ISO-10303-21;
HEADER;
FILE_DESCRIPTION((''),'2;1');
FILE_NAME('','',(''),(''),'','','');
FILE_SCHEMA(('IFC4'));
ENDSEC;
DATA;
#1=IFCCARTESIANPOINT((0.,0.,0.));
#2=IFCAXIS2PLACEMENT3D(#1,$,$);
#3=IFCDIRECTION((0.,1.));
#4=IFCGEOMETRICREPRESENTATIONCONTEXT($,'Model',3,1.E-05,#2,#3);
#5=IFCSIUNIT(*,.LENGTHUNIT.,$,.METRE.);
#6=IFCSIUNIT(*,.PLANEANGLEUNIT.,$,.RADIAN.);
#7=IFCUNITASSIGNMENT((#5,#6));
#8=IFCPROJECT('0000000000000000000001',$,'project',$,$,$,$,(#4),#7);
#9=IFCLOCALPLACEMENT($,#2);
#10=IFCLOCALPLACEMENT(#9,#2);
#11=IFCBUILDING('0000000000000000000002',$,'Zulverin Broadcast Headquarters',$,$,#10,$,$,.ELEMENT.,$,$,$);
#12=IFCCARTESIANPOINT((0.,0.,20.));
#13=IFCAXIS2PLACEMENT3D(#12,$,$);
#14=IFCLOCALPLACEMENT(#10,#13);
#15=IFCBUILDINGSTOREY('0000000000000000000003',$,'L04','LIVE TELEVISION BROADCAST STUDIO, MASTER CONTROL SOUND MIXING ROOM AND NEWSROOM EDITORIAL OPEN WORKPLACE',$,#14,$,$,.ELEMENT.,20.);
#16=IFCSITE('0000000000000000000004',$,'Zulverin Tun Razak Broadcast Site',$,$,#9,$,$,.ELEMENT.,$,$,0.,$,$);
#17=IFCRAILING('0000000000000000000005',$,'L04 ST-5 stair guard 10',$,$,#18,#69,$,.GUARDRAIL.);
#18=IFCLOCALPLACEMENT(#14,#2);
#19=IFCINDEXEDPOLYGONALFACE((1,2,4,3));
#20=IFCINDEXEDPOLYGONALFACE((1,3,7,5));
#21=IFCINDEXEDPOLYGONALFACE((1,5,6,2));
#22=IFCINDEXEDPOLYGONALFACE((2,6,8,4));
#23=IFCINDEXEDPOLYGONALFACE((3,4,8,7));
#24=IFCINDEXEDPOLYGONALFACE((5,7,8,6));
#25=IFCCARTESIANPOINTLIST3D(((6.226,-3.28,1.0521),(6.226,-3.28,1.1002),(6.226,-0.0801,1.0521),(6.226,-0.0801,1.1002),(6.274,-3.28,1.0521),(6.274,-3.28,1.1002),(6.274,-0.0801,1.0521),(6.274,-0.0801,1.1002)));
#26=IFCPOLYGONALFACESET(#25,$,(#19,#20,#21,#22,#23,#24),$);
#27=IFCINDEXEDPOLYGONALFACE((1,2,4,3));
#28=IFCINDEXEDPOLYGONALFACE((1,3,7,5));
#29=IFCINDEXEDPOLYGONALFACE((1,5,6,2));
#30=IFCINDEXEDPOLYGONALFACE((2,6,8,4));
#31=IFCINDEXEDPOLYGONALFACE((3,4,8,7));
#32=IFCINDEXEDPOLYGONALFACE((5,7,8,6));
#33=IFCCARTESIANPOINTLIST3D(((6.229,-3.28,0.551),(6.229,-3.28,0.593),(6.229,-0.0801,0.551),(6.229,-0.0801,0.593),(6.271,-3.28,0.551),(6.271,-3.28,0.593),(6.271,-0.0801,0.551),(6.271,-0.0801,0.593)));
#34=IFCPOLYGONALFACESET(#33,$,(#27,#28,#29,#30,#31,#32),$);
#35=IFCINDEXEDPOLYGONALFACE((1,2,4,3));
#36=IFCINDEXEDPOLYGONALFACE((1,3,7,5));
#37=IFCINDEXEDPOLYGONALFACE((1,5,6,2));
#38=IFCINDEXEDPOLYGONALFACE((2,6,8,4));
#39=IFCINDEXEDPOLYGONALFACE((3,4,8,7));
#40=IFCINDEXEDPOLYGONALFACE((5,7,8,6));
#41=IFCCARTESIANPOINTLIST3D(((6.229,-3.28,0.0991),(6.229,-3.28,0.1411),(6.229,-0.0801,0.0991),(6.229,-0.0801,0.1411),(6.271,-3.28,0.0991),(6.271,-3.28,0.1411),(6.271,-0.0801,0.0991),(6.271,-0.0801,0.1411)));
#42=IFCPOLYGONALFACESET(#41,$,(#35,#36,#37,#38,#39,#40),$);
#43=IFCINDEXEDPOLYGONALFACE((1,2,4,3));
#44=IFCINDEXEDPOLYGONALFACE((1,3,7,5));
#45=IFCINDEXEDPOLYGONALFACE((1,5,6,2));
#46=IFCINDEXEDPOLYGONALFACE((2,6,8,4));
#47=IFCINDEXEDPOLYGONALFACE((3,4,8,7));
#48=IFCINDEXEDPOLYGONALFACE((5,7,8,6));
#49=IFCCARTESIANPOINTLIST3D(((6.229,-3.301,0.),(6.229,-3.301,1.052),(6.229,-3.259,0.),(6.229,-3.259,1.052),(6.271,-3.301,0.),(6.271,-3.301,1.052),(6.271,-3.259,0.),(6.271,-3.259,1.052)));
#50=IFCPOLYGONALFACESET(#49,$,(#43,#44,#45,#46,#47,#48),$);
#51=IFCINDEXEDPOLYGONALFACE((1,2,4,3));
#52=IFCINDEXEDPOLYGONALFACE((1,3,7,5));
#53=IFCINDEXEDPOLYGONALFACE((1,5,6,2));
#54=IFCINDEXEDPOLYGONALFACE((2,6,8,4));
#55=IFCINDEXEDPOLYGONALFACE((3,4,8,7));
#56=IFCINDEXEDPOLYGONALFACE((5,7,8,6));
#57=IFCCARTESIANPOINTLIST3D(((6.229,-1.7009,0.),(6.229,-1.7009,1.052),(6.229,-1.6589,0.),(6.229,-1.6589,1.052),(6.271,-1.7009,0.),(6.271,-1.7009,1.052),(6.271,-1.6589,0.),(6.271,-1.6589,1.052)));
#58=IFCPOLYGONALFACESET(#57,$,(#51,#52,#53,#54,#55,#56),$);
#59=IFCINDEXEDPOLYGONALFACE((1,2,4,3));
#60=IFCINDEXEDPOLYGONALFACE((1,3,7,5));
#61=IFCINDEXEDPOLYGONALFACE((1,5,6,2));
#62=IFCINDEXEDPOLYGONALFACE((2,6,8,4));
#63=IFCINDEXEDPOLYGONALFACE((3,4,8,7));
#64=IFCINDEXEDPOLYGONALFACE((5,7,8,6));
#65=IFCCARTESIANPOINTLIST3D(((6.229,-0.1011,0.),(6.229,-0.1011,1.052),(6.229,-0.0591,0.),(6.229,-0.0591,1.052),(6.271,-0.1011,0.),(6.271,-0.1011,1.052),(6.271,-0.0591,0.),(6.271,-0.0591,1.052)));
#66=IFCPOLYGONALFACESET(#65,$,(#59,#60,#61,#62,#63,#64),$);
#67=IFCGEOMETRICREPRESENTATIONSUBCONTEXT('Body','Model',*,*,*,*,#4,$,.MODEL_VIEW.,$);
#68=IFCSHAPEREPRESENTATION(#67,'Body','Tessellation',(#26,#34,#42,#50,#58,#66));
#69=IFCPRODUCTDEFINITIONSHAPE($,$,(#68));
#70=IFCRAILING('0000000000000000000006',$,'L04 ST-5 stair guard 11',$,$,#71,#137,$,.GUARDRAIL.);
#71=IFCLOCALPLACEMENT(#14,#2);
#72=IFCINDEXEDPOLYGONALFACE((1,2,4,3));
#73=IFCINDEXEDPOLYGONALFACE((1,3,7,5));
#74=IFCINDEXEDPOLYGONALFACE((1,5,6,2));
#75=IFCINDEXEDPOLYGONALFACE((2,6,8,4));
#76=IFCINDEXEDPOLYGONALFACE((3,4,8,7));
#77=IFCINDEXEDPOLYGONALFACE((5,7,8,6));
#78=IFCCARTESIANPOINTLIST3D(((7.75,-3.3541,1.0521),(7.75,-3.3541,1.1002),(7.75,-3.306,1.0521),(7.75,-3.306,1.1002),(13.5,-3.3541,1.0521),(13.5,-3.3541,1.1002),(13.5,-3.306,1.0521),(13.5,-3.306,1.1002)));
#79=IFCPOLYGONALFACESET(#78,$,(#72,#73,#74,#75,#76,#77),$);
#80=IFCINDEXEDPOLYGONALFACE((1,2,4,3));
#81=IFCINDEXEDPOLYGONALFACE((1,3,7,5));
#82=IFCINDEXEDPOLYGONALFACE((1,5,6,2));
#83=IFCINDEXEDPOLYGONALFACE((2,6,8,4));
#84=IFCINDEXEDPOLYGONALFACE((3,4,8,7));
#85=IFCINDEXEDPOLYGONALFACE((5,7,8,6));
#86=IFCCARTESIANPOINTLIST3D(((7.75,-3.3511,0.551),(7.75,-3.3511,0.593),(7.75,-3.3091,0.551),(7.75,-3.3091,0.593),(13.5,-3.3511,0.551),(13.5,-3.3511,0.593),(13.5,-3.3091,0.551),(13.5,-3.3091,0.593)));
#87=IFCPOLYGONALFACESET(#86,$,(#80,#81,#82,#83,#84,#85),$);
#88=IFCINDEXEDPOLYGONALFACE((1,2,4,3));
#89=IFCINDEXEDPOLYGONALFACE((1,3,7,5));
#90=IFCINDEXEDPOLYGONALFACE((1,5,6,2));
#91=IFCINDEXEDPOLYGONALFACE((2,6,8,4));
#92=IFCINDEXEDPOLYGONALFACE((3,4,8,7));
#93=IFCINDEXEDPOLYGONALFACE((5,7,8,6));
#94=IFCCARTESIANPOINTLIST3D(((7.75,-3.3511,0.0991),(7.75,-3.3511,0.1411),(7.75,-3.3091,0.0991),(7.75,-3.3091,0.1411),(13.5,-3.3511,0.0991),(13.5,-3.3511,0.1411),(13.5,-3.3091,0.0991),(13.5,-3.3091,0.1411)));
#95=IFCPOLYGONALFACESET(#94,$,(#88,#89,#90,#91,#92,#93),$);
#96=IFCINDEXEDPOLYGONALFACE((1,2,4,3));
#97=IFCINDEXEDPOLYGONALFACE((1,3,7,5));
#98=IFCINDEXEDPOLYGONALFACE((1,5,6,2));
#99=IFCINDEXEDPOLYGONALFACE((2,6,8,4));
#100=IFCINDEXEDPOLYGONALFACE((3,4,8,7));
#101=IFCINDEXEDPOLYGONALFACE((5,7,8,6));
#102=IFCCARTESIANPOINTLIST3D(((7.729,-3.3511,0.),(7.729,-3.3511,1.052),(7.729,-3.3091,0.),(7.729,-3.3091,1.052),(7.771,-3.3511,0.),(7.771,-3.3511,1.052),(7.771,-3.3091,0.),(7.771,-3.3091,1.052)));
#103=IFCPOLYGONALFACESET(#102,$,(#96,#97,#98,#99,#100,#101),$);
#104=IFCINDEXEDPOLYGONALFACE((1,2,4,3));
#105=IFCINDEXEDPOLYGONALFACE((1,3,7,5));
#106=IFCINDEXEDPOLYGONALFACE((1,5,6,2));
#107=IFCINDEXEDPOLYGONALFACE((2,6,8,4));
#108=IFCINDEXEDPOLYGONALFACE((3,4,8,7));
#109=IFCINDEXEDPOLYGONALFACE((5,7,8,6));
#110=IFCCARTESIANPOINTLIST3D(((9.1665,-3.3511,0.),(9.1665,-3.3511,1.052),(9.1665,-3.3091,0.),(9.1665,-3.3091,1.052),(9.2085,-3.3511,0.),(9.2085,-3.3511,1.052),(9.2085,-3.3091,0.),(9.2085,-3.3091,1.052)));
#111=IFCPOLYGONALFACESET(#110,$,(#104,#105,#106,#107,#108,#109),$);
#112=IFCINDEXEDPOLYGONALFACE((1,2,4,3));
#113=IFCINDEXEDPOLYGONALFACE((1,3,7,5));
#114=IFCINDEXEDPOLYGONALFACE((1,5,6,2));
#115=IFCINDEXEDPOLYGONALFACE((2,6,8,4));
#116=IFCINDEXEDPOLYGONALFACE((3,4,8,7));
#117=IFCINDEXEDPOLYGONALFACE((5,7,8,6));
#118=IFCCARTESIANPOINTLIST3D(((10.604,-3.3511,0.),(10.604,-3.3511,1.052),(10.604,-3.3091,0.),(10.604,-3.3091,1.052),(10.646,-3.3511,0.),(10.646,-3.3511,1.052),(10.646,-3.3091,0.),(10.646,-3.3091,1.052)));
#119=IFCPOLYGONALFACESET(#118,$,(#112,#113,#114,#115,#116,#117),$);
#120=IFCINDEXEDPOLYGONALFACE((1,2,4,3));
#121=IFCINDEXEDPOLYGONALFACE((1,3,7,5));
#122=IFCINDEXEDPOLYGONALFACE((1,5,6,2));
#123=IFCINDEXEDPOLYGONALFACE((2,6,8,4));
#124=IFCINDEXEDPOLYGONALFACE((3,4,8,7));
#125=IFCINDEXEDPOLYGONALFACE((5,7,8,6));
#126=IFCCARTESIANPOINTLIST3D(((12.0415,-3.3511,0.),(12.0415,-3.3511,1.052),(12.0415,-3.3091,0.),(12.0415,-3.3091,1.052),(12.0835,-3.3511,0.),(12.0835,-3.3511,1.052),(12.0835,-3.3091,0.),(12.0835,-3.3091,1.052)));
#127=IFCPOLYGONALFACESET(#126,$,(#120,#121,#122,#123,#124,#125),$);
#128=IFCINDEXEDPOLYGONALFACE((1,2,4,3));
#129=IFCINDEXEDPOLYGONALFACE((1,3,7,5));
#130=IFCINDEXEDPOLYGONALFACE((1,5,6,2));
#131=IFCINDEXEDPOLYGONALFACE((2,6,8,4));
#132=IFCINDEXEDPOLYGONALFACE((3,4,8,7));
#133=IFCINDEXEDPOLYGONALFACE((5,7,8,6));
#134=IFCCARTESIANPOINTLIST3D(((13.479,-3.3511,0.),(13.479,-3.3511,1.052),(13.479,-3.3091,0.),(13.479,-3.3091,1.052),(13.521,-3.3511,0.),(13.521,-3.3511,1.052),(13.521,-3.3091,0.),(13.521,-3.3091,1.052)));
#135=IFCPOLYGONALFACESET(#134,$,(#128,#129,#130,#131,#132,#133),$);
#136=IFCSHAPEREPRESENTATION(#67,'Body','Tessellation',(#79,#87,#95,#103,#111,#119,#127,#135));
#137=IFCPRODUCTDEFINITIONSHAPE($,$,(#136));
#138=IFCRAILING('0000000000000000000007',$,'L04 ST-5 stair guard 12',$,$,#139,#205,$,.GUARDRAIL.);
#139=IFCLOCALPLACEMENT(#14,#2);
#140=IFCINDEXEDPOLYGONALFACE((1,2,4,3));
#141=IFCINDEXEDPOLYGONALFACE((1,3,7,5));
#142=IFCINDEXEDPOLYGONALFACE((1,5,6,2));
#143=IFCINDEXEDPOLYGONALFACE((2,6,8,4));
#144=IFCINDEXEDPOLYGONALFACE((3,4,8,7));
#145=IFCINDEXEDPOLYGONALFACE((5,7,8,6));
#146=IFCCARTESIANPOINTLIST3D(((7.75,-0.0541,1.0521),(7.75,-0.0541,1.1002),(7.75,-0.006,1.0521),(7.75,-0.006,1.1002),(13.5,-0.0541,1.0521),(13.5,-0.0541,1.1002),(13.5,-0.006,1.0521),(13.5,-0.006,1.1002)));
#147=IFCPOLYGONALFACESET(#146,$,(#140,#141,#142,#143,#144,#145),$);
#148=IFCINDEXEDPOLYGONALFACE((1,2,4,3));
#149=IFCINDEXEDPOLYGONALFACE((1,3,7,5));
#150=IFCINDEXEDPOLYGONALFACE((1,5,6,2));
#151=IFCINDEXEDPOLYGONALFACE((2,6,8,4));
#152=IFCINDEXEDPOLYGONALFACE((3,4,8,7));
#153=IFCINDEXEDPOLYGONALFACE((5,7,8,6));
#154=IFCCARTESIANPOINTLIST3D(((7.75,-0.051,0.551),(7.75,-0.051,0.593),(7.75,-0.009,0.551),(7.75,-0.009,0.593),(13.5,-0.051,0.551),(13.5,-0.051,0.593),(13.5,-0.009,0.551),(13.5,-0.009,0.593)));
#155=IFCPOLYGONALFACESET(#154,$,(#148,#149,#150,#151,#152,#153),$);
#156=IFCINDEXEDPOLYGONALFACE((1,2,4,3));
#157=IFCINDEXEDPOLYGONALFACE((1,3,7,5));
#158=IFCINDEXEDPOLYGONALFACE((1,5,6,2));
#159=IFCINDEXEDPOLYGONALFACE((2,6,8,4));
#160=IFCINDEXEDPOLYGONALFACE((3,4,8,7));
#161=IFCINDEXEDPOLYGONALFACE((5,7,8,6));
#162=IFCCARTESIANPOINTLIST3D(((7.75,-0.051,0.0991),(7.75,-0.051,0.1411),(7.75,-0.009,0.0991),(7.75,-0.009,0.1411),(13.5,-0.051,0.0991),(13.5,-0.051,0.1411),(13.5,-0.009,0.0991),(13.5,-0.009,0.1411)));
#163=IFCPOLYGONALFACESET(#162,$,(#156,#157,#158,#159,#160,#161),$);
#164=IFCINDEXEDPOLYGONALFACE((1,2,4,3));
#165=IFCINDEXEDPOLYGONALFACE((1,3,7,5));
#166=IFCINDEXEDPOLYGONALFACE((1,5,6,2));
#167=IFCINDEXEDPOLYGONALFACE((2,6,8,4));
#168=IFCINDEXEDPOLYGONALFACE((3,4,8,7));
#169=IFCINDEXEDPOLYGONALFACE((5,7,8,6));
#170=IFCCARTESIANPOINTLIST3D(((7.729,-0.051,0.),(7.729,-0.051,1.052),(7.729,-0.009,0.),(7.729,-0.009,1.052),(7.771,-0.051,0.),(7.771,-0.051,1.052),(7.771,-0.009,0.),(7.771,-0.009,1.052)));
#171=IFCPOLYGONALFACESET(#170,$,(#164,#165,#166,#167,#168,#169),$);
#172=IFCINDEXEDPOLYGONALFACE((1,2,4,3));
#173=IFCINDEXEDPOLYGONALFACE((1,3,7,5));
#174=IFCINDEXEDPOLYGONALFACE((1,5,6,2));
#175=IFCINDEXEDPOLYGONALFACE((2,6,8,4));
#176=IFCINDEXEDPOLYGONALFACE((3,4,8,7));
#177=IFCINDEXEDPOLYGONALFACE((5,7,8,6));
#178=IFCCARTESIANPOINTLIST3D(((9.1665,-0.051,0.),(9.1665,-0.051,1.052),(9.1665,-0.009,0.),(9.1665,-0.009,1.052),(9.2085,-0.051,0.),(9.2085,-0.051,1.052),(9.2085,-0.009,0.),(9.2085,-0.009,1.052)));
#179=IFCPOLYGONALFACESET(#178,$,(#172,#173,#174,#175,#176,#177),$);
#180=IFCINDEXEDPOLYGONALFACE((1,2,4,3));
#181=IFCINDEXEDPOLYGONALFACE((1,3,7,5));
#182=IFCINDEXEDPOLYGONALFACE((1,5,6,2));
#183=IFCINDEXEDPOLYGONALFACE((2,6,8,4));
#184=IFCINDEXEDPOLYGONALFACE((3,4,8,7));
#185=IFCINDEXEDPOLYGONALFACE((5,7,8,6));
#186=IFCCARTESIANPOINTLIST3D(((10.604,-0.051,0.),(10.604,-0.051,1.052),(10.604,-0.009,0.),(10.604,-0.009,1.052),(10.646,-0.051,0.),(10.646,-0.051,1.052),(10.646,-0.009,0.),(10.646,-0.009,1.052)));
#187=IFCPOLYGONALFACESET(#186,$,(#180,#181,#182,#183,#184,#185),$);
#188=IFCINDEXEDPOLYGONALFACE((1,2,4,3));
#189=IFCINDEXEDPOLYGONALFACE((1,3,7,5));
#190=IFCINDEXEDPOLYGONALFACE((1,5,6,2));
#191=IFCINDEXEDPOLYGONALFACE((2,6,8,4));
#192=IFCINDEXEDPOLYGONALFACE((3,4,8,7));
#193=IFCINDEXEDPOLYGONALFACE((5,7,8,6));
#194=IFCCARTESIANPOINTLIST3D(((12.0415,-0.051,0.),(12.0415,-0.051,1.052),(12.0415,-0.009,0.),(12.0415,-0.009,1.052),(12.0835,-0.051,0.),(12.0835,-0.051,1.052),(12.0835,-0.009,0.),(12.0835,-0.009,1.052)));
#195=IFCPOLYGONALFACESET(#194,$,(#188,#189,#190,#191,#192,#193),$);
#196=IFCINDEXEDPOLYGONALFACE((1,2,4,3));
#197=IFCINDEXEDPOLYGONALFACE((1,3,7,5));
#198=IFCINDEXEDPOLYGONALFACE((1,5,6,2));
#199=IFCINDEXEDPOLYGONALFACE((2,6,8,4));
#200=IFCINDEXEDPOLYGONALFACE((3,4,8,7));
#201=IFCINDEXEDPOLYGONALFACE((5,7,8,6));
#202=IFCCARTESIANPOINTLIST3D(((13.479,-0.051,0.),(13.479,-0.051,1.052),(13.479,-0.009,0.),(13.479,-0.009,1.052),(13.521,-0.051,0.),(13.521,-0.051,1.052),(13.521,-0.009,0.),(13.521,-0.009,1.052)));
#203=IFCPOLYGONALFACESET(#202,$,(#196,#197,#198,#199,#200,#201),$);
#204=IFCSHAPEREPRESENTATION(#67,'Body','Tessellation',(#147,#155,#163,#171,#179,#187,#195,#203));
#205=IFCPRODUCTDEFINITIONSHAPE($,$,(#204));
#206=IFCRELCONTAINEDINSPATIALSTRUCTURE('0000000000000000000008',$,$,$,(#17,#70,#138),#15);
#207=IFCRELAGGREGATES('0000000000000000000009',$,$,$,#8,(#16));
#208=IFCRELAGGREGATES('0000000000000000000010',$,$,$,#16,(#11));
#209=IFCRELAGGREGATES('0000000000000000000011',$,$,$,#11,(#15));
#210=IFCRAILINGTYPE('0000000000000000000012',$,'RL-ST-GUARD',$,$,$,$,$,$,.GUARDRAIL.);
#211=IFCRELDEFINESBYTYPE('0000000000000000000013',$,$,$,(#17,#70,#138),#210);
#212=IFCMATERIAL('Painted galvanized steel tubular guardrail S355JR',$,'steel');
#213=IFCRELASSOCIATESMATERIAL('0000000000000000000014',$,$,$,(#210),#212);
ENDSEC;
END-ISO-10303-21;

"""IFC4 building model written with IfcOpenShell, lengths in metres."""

from ifc_helpers import new_model, si_unit, direction, frame, origin, origin_2d, place, context, subcontext, project, spatial, rectangle, extrude, material, type_object, element, save


model = new_model("IFC4")

# Units and contexts
model_context = context("Model", 3, precision=1e-05, world=origin(), true_north=direction((0.0, 1.0)))
body_context = subcontext(model_context, "Body", "Model", "MODEL_VIEW")
ifc_project = project(units=[si_unit("LENGTHUNIT", "METRE"), si_unit("PLANEANGLEUNIT", "RADIAN")], contexts=[model_context])

# Site, building, storey
site_placement = place(None, origin())
site = spatial("IfcSite", under=ifc_project, at=site_placement, Name="Zulverin Tun Razak Broadcast Site", CompositionType="ELEMENT", RefElevation=0.0)
building_placement = place(site_placement, origin())
building = spatial("IfcBuilding", under=site, at=building_placement, Name="Zulverin Broadcast Headquarters", CompositionType="ELEMENT")
storey_placement = place(building_placement, frame((0.0, 0.0, 20.0)))
storey = spatial("IfcBuildingStorey", under=building, at=storey_placement, Name="L04", Description="LIVE TELEVISION BROADCAST STUDIO, MASTER CONTROL SOUND MIXING ROOM AND NEWSROOM EDITORIAL OPEN WORKPLACE", CompositionType="ELEMENT", Elevation=20.0)

# Railings
ifc_material_1 = material(Name="Painted galvanized steel tubular guardrail S355JR", Category="steel")
railing_type_1 = type_object("IfcRailingType", Name="RL-ST-GUARD", PredefinedType="GUARDRAIL", material=ifc_material_1)
railing_1_placement = place(storey_placement, frame((6.25, -3.28, 0.0)))
element("IfcRailing", 1, at=railing_1_placement, inside=storey, type_object=railing_type_1, Name="L04 ST-5 stair guard 10", PredefinedType="GUARDRAIL", context=body_context, shape_type="SweptSolid", body=[
    extrude(rectangle(XDim=0.0481, YDim=0.0481, at=origin_2d()), frame((0.0, 0.0, 1.0762), z_axis=(0.0, 1.0, 0.0), x_axis=(-1.0, 0.0, 0.0)), (0.0, 0.0, 1.0), 3.2),
    extrude(rectangle(XDim=0.042, YDim=0.042, at=origin_2d()), frame((0.0, 0.0, 0.572), z_axis=(0.0, 1.0, 0.0), x_axis=(-1.0, 0.0, 0.0)), (0.0, 0.0, 1.0), 3.2),
    extrude(rectangle(XDim=0.042, YDim=0.042, at=origin_2d()), frame((0.0, 0.0, 0.1201), z_axis=(0.0, 1.0, 0.0), x_axis=(-1.0, 0.0, 0.0)), (0.0, 0.0, 1.0), 3.2),
    extrude(rectangle(XDim=0.042, YDim=0.042, at=origin_2d()), origin(), (0.0, 0.0, 1.0), 1.052),
    extrude(rectangle(XDim=0.042, YDim=0.042, at=origin_2d()), frame((0.0, 1.6001, 0.0)), (0.0, 0.0, 1.0), 1.052),
    extrude(rectangle(XDim=0.042, YDim=0.042, at=origin_2d()), frame((0.0, 3.2, 0.0)), (0.0, 0.0, 1.0), 1.052),
])
for number, where, name in (
    (2, (7.75, -3.3301, 0.0), "L04 ST-5 stair guard 11"),
    (3, (7.75, -0.03, 0.0), "L04 ST-5 stair guard 12"),
):
    element("IfcRailing", number, at=place(storey_placement, frame(where)), inside=storey, type_object=railing_type_1, Name=name, PredefinedType="GUARDRAIL", context=body_context, shape_type="SweptSolid", body=[
        extrude(rectangle(XDim=0.0481, YDim=0.0481, at=origin_2d()), frame((0.0, 0.0, 1.0762), z_axis=(1.0, 0.0, 0.0), x_axis=(0.0, 1.0, 0.0)), (0.0, 0.0, 1.0), 5.75),
        extrude(rectangle(XDim=0.042, YDim=0.042, at=origin_2d()), frame((0.0, 0.0, 0.572), z_axis=(1.0, 0.0, 0.0), x_axis=(0.0, 1.0, 0.0)), (0.0, 0.0, 1.0), 5.75),
        extrude(rectangle(XDim=0.042, YDim=0.042, at=origin_2d()), frame((0.0, 0.0, 0.1201), z_axis=(1.0, 0.0, 0.0), x_axis=(0.0, 1.0, 0.0)), (0.0, 0.0, 1.0), 5.75),
        extrude(rectangle(XDim=0.042, YDim=0.042, at=origin_2d()), origin(), (0.0, 0.0, 1.0), 1.052),
        extrude(rectangle(XDim=0.042, YDim=0.042, at=origin_2d()), frame((1.4375, 0.0, 0.0)), (0.0, 0.0, 1.0), 1.052),
        extrude(rectangle(XDim=0.042, YDim=0.042, at=origin_2d()), frame((2.875, 0.0, 0.0)), (0.0, 0.0, 1.0), 1.052),
        extrude(rectangle(XDim=0.042, YDim=0.042, at=origin_2d()), frame((4.3125, 0.0, 0.0)), (0.0, 0.0, 1.0), 1.052),
        extrude(rectangle(XDim=0.042, YDim=0.042, at=origin_2d()), frame((5.75, 0.0, 0.0)), (0.0, 0.0, 1.0), 1.052),
    ])

save(model, "model.ifc")
